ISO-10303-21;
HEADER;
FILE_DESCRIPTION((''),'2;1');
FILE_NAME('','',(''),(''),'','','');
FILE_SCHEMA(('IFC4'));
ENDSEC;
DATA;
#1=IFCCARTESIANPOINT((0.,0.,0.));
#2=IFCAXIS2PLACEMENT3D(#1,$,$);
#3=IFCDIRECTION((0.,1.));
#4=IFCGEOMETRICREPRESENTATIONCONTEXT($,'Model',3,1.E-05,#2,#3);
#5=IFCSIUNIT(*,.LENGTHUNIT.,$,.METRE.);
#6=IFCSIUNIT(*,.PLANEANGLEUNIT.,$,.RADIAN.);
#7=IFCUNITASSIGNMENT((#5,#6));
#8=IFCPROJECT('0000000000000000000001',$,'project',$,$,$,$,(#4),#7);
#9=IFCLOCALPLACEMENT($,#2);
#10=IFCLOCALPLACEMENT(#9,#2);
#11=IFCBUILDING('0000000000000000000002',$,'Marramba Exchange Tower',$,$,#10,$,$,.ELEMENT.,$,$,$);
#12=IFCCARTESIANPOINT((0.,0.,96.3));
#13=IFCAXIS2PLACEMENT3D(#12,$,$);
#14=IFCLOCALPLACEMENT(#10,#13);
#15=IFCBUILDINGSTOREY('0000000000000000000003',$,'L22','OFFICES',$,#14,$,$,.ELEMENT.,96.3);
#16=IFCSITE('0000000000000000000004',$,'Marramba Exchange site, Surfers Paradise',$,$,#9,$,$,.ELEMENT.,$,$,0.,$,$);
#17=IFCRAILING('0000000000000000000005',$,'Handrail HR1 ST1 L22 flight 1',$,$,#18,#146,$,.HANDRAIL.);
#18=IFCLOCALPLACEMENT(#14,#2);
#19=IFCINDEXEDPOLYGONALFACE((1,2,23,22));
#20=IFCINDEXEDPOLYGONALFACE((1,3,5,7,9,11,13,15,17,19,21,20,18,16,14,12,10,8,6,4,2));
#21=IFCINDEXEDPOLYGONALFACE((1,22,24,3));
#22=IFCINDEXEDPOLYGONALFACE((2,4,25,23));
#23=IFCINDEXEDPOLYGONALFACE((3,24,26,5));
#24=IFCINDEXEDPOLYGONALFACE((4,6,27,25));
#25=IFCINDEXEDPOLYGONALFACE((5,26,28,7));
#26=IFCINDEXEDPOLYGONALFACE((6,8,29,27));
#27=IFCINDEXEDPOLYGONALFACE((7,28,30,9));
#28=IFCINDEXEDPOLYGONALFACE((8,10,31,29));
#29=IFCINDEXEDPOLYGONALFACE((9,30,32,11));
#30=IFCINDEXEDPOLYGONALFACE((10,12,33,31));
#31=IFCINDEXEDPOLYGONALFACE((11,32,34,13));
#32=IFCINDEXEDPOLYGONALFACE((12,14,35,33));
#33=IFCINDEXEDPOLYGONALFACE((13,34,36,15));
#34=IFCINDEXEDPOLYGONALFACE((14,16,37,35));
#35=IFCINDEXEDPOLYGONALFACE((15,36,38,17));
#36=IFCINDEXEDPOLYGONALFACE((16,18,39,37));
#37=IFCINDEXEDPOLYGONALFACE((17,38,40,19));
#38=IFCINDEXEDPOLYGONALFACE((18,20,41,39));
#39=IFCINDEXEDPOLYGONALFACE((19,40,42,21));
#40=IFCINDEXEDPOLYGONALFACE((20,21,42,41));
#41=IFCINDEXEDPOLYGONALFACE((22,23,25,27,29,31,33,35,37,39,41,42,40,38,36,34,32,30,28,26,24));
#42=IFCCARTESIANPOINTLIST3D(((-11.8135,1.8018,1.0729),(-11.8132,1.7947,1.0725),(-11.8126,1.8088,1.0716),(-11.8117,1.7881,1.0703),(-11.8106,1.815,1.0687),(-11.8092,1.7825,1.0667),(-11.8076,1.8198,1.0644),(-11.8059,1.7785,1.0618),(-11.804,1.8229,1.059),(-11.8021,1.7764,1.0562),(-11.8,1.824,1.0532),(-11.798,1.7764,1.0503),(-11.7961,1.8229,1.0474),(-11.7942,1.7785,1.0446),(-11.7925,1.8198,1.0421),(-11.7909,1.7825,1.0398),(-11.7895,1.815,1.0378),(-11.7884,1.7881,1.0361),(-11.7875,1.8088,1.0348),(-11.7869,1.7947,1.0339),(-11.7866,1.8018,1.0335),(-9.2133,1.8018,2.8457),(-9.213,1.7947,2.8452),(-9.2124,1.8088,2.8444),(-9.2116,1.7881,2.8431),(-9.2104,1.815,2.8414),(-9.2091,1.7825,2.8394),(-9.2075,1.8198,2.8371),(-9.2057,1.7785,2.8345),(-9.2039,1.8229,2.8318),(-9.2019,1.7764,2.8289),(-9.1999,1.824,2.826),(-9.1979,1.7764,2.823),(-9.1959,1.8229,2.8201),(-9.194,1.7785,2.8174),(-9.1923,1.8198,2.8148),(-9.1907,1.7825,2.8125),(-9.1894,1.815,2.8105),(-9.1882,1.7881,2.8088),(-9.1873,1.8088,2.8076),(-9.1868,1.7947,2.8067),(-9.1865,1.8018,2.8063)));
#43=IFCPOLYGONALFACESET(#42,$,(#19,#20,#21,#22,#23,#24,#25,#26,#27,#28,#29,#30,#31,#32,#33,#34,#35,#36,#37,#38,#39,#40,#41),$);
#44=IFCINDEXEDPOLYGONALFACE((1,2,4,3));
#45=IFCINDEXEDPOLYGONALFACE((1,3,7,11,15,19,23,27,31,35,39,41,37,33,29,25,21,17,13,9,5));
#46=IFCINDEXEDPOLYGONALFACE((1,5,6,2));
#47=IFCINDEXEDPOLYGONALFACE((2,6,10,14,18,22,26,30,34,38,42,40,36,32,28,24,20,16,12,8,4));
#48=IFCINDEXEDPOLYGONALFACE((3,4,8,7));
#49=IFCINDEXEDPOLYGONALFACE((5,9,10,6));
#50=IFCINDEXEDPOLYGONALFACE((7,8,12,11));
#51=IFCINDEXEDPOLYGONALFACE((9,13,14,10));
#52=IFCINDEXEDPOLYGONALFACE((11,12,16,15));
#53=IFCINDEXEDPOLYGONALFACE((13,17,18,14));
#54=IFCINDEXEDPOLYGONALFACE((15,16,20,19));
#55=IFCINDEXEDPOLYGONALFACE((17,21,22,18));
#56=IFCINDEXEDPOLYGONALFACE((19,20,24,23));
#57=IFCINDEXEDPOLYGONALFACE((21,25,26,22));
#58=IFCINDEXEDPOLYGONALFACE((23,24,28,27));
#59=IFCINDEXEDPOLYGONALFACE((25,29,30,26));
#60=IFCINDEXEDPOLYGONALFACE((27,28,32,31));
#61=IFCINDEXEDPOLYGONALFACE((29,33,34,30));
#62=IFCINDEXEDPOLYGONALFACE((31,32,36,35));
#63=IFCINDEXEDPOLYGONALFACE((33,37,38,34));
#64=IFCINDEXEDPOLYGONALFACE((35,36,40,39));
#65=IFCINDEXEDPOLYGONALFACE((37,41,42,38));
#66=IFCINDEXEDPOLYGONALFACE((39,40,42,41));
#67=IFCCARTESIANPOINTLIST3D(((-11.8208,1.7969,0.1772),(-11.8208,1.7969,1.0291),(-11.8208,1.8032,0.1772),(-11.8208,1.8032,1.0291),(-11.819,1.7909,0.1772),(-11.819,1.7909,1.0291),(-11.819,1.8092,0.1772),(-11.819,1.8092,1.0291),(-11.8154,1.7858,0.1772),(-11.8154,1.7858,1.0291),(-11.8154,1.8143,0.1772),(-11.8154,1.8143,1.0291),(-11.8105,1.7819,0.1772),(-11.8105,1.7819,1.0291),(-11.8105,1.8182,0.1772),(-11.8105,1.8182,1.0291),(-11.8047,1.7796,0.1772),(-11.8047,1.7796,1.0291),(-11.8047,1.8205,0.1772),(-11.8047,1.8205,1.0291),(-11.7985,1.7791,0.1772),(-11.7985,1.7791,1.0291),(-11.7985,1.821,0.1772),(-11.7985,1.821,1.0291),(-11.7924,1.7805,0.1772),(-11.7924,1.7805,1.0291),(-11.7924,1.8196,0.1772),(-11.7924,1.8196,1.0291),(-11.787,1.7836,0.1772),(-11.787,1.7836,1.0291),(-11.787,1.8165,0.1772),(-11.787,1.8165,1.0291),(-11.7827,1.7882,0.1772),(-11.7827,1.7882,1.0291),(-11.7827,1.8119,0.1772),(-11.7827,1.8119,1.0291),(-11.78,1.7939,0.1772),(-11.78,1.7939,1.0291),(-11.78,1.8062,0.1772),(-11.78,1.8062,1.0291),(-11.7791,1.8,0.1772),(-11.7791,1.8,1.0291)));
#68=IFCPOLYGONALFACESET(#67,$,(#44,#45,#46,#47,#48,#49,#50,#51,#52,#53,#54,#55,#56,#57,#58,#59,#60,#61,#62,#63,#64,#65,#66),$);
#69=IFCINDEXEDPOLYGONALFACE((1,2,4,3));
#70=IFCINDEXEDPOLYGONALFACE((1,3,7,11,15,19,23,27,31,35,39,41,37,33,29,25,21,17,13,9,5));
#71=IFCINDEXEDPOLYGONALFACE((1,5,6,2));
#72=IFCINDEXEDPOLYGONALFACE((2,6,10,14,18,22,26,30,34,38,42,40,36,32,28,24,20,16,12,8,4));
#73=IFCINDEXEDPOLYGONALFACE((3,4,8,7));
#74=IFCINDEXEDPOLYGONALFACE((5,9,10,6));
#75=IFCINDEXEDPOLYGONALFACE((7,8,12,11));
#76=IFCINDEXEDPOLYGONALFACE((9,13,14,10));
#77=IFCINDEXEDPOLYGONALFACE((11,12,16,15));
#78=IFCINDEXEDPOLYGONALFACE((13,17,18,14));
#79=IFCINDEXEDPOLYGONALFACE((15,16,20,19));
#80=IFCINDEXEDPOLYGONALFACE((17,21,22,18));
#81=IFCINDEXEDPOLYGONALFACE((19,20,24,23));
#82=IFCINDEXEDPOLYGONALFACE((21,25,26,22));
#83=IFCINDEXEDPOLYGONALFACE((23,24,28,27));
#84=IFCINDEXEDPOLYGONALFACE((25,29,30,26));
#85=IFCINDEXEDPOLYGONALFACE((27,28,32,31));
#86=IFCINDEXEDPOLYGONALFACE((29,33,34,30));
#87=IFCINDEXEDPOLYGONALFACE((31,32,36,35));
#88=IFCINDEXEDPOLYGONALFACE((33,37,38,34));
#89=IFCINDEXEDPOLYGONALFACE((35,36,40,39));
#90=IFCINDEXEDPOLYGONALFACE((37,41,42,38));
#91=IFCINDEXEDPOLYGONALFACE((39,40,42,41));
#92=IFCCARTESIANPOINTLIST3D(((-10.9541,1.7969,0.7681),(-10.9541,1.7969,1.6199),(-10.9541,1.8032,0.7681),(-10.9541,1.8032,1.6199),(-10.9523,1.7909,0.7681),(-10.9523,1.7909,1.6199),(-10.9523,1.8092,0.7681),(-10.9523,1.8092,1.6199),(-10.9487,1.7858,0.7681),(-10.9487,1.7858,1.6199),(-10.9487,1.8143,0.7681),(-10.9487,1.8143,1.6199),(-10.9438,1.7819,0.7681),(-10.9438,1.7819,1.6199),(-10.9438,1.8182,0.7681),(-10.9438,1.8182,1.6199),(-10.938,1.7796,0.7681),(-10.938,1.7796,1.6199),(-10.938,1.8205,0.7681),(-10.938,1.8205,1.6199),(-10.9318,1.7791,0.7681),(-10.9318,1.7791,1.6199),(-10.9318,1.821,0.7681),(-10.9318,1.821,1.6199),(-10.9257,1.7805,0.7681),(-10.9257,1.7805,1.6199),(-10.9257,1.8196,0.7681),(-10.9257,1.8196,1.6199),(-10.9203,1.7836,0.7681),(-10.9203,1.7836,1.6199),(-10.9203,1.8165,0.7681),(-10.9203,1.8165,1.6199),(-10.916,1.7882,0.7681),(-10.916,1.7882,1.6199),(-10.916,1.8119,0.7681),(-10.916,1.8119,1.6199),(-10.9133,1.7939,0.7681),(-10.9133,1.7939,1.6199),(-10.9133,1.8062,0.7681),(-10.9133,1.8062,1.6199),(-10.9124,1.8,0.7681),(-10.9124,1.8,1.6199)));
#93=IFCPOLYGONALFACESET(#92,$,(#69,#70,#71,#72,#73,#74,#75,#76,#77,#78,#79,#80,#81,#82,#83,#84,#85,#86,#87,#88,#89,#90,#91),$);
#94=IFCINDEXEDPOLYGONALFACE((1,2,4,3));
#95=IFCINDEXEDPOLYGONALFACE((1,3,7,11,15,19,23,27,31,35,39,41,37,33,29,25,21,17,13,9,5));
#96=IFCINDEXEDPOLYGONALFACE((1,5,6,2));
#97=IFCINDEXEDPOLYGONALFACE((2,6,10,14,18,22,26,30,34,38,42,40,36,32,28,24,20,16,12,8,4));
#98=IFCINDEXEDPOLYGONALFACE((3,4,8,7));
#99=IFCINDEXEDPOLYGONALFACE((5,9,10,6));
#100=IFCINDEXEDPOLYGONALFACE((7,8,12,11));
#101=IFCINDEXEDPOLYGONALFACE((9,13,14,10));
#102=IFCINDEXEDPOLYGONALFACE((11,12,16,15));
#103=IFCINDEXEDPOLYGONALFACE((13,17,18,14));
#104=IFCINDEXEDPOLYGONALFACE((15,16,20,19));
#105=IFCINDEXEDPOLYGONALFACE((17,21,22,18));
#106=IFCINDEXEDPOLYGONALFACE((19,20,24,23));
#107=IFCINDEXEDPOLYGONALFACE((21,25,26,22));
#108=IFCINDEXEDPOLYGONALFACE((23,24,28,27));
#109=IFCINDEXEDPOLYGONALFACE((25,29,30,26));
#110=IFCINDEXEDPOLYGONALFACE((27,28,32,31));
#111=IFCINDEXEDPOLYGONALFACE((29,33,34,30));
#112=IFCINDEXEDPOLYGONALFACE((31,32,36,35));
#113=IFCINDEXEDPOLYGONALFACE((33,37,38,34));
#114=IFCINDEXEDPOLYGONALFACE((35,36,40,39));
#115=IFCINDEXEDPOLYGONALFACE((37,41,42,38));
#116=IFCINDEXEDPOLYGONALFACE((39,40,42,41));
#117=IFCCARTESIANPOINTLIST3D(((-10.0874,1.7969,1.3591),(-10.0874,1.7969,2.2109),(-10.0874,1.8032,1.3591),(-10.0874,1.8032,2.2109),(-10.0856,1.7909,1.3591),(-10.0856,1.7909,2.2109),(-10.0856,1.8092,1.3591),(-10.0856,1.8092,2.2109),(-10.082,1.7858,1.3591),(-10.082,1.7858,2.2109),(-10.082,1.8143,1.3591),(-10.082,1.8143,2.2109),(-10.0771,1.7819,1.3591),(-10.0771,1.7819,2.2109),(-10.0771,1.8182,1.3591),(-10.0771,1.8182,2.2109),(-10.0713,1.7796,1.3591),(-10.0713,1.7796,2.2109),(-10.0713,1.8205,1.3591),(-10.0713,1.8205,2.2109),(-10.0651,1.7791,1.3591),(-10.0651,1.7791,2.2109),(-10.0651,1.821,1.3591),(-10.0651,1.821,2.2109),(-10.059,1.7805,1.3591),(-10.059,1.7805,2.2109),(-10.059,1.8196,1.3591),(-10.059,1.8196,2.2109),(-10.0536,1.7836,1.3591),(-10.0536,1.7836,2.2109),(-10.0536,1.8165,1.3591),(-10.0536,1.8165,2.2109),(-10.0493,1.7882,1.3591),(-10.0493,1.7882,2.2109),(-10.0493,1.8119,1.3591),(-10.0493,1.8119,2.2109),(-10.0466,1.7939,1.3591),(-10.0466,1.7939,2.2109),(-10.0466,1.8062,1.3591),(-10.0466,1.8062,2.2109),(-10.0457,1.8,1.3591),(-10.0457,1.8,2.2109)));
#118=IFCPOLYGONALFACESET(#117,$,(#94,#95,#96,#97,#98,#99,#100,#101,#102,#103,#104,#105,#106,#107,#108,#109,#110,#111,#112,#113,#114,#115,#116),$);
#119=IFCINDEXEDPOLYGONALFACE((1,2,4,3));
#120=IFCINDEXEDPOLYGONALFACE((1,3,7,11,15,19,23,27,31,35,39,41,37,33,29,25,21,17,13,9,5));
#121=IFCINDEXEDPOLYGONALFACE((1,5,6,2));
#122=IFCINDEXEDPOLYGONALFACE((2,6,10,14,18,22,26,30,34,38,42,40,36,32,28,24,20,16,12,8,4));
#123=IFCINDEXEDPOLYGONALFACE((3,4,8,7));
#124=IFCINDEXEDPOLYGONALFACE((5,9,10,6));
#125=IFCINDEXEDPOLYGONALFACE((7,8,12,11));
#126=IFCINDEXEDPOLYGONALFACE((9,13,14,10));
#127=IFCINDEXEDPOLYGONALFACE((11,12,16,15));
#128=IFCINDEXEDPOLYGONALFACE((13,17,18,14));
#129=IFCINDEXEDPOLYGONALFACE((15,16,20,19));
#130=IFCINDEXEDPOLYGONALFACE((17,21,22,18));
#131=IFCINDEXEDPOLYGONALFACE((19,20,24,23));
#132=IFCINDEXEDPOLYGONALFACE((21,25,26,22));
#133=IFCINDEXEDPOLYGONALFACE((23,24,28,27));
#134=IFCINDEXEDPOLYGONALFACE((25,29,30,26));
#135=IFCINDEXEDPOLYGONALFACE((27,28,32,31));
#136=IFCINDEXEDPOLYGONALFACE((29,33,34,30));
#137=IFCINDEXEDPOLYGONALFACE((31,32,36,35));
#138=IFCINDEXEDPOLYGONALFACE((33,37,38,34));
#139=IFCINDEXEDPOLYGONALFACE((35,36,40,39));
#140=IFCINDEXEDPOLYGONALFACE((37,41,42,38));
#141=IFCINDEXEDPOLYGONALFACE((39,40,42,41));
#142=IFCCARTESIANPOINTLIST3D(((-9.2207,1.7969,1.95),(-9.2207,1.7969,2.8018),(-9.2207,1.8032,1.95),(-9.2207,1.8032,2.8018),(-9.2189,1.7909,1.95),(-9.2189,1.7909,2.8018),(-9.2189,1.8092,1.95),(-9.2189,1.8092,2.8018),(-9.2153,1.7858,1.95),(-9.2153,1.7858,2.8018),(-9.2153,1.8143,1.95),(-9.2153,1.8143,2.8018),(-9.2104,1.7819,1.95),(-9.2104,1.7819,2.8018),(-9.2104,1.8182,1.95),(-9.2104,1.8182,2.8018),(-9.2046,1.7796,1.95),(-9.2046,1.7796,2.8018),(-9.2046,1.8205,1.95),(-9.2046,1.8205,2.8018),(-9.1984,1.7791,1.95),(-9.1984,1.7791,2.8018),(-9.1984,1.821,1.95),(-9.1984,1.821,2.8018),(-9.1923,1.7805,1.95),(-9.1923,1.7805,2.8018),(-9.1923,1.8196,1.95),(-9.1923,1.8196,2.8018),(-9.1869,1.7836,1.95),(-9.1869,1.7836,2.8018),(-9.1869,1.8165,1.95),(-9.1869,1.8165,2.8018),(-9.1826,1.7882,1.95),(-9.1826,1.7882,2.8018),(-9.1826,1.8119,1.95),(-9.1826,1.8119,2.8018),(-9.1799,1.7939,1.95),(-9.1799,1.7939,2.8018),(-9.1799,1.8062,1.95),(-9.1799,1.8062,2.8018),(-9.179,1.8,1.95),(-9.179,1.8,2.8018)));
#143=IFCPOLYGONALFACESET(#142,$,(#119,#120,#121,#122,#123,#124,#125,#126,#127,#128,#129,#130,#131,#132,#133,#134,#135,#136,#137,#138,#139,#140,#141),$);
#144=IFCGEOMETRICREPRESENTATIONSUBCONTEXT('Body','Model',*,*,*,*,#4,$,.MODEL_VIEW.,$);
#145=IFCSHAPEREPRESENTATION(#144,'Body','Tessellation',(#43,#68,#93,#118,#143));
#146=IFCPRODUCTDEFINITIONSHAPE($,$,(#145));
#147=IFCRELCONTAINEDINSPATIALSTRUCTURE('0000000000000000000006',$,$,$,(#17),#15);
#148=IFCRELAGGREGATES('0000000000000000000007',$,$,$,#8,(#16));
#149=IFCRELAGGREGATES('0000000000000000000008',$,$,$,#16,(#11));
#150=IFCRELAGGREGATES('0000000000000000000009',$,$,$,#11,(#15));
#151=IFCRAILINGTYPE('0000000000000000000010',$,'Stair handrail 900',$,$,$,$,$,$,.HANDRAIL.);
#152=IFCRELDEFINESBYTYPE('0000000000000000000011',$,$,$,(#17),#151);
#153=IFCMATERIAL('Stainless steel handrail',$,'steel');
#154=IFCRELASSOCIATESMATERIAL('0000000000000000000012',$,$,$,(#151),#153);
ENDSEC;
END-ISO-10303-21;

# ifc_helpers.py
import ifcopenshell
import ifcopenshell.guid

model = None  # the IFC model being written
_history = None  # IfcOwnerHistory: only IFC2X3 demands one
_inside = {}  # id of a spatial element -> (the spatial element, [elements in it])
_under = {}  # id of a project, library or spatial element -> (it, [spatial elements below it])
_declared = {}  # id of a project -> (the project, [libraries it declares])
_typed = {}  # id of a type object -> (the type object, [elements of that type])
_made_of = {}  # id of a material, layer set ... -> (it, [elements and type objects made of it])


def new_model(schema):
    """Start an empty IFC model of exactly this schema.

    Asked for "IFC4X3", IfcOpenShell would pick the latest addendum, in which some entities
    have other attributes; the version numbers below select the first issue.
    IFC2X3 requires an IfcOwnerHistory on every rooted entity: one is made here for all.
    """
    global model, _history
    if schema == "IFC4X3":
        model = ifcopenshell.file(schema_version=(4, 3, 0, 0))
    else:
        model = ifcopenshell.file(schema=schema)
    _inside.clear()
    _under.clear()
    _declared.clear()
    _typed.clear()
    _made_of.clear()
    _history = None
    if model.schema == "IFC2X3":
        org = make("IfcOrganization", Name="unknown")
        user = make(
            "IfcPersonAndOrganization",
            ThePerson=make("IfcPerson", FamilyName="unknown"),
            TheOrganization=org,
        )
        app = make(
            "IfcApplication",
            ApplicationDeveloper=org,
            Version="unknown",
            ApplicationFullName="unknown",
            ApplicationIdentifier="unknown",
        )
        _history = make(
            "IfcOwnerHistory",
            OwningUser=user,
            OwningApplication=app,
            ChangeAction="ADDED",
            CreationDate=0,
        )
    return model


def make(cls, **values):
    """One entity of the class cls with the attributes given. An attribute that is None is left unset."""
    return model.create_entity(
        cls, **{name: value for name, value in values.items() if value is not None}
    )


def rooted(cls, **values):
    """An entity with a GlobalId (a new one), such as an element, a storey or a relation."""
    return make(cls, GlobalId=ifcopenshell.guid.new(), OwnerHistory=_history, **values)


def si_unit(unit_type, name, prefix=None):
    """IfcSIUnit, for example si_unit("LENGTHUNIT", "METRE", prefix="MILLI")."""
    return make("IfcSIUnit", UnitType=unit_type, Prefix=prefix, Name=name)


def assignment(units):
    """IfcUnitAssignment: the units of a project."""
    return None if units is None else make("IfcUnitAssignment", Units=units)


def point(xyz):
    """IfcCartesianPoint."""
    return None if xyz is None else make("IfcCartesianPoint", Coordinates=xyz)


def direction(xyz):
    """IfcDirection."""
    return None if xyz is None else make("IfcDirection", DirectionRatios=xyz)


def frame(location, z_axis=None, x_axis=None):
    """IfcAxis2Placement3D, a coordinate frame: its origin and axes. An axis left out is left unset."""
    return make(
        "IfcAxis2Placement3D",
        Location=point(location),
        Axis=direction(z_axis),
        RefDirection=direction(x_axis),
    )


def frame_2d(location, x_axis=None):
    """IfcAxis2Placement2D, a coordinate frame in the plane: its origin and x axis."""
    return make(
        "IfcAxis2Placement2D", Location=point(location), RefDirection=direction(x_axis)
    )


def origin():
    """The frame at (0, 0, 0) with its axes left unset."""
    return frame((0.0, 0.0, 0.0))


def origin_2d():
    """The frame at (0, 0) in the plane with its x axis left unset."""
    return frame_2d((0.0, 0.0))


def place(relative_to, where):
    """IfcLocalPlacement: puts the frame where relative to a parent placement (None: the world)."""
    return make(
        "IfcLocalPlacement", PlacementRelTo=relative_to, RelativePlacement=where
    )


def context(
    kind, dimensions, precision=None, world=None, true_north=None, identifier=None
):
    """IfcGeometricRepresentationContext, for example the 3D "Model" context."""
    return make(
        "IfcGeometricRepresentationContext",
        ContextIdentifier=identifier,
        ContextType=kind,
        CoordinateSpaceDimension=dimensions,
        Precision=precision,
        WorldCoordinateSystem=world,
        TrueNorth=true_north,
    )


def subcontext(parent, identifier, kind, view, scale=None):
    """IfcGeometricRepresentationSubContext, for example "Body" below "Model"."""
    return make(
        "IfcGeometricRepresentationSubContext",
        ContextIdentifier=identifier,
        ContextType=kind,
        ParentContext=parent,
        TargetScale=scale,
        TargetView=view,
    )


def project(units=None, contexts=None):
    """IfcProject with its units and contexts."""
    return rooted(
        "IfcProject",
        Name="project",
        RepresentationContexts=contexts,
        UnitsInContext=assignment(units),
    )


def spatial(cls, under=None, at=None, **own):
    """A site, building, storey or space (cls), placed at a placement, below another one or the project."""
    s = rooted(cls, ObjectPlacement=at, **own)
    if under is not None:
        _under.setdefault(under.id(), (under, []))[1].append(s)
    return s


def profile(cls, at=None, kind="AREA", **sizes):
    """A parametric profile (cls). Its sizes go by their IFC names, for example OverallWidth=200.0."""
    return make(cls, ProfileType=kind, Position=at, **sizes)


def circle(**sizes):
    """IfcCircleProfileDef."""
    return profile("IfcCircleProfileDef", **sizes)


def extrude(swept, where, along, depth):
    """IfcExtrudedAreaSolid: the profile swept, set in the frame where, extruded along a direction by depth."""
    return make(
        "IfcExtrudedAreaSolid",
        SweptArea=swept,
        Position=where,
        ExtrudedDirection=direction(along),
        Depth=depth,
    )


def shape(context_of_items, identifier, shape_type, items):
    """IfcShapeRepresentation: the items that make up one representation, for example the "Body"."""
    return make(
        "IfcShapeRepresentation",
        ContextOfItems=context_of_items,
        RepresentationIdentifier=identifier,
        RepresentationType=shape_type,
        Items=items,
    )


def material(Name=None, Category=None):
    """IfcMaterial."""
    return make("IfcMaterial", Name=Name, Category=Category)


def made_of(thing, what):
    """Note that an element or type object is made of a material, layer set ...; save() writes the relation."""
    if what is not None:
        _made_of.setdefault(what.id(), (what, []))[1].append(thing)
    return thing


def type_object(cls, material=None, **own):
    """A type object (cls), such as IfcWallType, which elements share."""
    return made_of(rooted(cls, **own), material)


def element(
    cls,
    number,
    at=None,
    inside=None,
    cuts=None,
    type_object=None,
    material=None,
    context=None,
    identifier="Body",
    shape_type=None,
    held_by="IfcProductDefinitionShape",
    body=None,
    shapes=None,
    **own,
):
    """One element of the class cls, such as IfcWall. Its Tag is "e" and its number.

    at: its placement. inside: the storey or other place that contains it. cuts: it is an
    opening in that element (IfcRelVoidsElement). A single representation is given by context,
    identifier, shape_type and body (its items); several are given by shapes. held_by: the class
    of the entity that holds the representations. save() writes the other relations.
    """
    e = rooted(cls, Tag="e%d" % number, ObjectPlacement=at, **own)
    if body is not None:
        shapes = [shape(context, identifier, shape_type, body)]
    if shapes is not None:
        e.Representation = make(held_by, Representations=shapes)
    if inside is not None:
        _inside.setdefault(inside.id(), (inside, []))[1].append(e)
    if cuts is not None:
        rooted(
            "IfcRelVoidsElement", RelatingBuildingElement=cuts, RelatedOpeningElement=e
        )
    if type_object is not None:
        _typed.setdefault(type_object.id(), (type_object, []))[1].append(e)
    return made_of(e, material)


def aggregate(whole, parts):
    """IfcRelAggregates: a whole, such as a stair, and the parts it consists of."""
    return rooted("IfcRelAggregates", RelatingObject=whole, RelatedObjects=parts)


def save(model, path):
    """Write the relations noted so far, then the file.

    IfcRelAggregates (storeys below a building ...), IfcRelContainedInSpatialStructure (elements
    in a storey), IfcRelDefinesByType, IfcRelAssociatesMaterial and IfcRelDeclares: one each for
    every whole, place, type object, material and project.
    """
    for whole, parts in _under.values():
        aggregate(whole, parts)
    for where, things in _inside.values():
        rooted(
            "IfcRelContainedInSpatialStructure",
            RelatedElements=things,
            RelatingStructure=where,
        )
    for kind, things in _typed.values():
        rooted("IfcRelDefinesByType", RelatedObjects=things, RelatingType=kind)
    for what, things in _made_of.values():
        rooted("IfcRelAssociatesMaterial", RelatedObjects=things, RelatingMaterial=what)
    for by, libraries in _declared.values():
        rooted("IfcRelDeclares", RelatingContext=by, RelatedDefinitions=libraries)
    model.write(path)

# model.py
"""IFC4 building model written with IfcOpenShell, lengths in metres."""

from ifc_helpers import new_model, si_unit, direction, frame, origin, origin_2d, place, context, subcontext, project, spatial, circle, extrude, material, type_object, element, save


model = new_model("IFC4")

# Units and contexts
model_context = context("Model", 3, precision=1e-05, world=origin(), true_north=direction((0.0, 1.0)))
body_context = subcontext(model_context, "Body", "Model", "MODEL_VIEW")
ifc_project = project(units=[si_unit("LENGTHUNIT", "METRE"), si_unit("PLANEANGLEUNIT", "RADIAN")], contexts=[model_context])

# Site, building, storey
site_placement = place(None, origin())
site = spatial("IfcSite", under=ifc_project, at=site_placement, Name="Marramba Exchange site, Surfers Paradise", CompositionType="ELEMENT", RefElevation=0.0)
building_placement = place(site_placement, origin())
building = spatial("IfcBuilding", under=site, at=building_placement, Name="Marramba Exchange Tower", CompositionType="ELEMENT")
storey_placement = place(building_placement, frame((0.0, 0.0, 96.3)))
storey = spatial("IfcBuildingStorey", under=building, at=storey_placement, Name="L22", Description="OFFICES", CompositionType="ELEMENT", Elevation=96.3)

# Railing
ifc_material_1 = material(Name="Stainless steel handrail", Category="steel")
railing_type = type_object("IfcRailingType", Name="Stair handrail 900", PredefinedType="HANDRAIL", material=ifc_material_1)
railing_placement = place(storey_placement, frame((-11.8, 1.8, 0.1772)))
element("IfcRailing", 1, at=railing_placement, inside=storey, type_object=railing_type, Name="Handrail HR1 ST1 L22 flight 1", PredefinedType="HANDRAIL", context=body_context, shape_type="SweptSolid", body=[
    extrude(circle(Radius=0.0239, at=origin_2d()), frame((0.0, 0.0, 0.876), z_axis=(0.82624, 0.0, 0.563318), x_axis=(0.0, 1.0, 0.0)), (0.0, 0.0, 1.0), 3.147),
    extrude(circle(Radius=0.021, at=origin_2d()), origin(), (0.0, 0.0, 1.0), 0.8518),
    extrude(circle(Radius=0.021, at=origin_2d()), frame((0.8667, 0.0, 0.5908)), (0.0, 0.0, 1.0), 0.8518),
    extrude(circle(Radius=0.021, at=origin_2d()), frame((1.7334, 0.0, 1.1819)), (0.0, 0.0, 1.0), 0.8518),
    extrude(circle(Radius=0.021, at=origin_2d()), frame((2.6001, 0.0, 1.7727)), (0.0, 0.0, 1.0), 0.8518),
])

save(model, "model.ifc")
